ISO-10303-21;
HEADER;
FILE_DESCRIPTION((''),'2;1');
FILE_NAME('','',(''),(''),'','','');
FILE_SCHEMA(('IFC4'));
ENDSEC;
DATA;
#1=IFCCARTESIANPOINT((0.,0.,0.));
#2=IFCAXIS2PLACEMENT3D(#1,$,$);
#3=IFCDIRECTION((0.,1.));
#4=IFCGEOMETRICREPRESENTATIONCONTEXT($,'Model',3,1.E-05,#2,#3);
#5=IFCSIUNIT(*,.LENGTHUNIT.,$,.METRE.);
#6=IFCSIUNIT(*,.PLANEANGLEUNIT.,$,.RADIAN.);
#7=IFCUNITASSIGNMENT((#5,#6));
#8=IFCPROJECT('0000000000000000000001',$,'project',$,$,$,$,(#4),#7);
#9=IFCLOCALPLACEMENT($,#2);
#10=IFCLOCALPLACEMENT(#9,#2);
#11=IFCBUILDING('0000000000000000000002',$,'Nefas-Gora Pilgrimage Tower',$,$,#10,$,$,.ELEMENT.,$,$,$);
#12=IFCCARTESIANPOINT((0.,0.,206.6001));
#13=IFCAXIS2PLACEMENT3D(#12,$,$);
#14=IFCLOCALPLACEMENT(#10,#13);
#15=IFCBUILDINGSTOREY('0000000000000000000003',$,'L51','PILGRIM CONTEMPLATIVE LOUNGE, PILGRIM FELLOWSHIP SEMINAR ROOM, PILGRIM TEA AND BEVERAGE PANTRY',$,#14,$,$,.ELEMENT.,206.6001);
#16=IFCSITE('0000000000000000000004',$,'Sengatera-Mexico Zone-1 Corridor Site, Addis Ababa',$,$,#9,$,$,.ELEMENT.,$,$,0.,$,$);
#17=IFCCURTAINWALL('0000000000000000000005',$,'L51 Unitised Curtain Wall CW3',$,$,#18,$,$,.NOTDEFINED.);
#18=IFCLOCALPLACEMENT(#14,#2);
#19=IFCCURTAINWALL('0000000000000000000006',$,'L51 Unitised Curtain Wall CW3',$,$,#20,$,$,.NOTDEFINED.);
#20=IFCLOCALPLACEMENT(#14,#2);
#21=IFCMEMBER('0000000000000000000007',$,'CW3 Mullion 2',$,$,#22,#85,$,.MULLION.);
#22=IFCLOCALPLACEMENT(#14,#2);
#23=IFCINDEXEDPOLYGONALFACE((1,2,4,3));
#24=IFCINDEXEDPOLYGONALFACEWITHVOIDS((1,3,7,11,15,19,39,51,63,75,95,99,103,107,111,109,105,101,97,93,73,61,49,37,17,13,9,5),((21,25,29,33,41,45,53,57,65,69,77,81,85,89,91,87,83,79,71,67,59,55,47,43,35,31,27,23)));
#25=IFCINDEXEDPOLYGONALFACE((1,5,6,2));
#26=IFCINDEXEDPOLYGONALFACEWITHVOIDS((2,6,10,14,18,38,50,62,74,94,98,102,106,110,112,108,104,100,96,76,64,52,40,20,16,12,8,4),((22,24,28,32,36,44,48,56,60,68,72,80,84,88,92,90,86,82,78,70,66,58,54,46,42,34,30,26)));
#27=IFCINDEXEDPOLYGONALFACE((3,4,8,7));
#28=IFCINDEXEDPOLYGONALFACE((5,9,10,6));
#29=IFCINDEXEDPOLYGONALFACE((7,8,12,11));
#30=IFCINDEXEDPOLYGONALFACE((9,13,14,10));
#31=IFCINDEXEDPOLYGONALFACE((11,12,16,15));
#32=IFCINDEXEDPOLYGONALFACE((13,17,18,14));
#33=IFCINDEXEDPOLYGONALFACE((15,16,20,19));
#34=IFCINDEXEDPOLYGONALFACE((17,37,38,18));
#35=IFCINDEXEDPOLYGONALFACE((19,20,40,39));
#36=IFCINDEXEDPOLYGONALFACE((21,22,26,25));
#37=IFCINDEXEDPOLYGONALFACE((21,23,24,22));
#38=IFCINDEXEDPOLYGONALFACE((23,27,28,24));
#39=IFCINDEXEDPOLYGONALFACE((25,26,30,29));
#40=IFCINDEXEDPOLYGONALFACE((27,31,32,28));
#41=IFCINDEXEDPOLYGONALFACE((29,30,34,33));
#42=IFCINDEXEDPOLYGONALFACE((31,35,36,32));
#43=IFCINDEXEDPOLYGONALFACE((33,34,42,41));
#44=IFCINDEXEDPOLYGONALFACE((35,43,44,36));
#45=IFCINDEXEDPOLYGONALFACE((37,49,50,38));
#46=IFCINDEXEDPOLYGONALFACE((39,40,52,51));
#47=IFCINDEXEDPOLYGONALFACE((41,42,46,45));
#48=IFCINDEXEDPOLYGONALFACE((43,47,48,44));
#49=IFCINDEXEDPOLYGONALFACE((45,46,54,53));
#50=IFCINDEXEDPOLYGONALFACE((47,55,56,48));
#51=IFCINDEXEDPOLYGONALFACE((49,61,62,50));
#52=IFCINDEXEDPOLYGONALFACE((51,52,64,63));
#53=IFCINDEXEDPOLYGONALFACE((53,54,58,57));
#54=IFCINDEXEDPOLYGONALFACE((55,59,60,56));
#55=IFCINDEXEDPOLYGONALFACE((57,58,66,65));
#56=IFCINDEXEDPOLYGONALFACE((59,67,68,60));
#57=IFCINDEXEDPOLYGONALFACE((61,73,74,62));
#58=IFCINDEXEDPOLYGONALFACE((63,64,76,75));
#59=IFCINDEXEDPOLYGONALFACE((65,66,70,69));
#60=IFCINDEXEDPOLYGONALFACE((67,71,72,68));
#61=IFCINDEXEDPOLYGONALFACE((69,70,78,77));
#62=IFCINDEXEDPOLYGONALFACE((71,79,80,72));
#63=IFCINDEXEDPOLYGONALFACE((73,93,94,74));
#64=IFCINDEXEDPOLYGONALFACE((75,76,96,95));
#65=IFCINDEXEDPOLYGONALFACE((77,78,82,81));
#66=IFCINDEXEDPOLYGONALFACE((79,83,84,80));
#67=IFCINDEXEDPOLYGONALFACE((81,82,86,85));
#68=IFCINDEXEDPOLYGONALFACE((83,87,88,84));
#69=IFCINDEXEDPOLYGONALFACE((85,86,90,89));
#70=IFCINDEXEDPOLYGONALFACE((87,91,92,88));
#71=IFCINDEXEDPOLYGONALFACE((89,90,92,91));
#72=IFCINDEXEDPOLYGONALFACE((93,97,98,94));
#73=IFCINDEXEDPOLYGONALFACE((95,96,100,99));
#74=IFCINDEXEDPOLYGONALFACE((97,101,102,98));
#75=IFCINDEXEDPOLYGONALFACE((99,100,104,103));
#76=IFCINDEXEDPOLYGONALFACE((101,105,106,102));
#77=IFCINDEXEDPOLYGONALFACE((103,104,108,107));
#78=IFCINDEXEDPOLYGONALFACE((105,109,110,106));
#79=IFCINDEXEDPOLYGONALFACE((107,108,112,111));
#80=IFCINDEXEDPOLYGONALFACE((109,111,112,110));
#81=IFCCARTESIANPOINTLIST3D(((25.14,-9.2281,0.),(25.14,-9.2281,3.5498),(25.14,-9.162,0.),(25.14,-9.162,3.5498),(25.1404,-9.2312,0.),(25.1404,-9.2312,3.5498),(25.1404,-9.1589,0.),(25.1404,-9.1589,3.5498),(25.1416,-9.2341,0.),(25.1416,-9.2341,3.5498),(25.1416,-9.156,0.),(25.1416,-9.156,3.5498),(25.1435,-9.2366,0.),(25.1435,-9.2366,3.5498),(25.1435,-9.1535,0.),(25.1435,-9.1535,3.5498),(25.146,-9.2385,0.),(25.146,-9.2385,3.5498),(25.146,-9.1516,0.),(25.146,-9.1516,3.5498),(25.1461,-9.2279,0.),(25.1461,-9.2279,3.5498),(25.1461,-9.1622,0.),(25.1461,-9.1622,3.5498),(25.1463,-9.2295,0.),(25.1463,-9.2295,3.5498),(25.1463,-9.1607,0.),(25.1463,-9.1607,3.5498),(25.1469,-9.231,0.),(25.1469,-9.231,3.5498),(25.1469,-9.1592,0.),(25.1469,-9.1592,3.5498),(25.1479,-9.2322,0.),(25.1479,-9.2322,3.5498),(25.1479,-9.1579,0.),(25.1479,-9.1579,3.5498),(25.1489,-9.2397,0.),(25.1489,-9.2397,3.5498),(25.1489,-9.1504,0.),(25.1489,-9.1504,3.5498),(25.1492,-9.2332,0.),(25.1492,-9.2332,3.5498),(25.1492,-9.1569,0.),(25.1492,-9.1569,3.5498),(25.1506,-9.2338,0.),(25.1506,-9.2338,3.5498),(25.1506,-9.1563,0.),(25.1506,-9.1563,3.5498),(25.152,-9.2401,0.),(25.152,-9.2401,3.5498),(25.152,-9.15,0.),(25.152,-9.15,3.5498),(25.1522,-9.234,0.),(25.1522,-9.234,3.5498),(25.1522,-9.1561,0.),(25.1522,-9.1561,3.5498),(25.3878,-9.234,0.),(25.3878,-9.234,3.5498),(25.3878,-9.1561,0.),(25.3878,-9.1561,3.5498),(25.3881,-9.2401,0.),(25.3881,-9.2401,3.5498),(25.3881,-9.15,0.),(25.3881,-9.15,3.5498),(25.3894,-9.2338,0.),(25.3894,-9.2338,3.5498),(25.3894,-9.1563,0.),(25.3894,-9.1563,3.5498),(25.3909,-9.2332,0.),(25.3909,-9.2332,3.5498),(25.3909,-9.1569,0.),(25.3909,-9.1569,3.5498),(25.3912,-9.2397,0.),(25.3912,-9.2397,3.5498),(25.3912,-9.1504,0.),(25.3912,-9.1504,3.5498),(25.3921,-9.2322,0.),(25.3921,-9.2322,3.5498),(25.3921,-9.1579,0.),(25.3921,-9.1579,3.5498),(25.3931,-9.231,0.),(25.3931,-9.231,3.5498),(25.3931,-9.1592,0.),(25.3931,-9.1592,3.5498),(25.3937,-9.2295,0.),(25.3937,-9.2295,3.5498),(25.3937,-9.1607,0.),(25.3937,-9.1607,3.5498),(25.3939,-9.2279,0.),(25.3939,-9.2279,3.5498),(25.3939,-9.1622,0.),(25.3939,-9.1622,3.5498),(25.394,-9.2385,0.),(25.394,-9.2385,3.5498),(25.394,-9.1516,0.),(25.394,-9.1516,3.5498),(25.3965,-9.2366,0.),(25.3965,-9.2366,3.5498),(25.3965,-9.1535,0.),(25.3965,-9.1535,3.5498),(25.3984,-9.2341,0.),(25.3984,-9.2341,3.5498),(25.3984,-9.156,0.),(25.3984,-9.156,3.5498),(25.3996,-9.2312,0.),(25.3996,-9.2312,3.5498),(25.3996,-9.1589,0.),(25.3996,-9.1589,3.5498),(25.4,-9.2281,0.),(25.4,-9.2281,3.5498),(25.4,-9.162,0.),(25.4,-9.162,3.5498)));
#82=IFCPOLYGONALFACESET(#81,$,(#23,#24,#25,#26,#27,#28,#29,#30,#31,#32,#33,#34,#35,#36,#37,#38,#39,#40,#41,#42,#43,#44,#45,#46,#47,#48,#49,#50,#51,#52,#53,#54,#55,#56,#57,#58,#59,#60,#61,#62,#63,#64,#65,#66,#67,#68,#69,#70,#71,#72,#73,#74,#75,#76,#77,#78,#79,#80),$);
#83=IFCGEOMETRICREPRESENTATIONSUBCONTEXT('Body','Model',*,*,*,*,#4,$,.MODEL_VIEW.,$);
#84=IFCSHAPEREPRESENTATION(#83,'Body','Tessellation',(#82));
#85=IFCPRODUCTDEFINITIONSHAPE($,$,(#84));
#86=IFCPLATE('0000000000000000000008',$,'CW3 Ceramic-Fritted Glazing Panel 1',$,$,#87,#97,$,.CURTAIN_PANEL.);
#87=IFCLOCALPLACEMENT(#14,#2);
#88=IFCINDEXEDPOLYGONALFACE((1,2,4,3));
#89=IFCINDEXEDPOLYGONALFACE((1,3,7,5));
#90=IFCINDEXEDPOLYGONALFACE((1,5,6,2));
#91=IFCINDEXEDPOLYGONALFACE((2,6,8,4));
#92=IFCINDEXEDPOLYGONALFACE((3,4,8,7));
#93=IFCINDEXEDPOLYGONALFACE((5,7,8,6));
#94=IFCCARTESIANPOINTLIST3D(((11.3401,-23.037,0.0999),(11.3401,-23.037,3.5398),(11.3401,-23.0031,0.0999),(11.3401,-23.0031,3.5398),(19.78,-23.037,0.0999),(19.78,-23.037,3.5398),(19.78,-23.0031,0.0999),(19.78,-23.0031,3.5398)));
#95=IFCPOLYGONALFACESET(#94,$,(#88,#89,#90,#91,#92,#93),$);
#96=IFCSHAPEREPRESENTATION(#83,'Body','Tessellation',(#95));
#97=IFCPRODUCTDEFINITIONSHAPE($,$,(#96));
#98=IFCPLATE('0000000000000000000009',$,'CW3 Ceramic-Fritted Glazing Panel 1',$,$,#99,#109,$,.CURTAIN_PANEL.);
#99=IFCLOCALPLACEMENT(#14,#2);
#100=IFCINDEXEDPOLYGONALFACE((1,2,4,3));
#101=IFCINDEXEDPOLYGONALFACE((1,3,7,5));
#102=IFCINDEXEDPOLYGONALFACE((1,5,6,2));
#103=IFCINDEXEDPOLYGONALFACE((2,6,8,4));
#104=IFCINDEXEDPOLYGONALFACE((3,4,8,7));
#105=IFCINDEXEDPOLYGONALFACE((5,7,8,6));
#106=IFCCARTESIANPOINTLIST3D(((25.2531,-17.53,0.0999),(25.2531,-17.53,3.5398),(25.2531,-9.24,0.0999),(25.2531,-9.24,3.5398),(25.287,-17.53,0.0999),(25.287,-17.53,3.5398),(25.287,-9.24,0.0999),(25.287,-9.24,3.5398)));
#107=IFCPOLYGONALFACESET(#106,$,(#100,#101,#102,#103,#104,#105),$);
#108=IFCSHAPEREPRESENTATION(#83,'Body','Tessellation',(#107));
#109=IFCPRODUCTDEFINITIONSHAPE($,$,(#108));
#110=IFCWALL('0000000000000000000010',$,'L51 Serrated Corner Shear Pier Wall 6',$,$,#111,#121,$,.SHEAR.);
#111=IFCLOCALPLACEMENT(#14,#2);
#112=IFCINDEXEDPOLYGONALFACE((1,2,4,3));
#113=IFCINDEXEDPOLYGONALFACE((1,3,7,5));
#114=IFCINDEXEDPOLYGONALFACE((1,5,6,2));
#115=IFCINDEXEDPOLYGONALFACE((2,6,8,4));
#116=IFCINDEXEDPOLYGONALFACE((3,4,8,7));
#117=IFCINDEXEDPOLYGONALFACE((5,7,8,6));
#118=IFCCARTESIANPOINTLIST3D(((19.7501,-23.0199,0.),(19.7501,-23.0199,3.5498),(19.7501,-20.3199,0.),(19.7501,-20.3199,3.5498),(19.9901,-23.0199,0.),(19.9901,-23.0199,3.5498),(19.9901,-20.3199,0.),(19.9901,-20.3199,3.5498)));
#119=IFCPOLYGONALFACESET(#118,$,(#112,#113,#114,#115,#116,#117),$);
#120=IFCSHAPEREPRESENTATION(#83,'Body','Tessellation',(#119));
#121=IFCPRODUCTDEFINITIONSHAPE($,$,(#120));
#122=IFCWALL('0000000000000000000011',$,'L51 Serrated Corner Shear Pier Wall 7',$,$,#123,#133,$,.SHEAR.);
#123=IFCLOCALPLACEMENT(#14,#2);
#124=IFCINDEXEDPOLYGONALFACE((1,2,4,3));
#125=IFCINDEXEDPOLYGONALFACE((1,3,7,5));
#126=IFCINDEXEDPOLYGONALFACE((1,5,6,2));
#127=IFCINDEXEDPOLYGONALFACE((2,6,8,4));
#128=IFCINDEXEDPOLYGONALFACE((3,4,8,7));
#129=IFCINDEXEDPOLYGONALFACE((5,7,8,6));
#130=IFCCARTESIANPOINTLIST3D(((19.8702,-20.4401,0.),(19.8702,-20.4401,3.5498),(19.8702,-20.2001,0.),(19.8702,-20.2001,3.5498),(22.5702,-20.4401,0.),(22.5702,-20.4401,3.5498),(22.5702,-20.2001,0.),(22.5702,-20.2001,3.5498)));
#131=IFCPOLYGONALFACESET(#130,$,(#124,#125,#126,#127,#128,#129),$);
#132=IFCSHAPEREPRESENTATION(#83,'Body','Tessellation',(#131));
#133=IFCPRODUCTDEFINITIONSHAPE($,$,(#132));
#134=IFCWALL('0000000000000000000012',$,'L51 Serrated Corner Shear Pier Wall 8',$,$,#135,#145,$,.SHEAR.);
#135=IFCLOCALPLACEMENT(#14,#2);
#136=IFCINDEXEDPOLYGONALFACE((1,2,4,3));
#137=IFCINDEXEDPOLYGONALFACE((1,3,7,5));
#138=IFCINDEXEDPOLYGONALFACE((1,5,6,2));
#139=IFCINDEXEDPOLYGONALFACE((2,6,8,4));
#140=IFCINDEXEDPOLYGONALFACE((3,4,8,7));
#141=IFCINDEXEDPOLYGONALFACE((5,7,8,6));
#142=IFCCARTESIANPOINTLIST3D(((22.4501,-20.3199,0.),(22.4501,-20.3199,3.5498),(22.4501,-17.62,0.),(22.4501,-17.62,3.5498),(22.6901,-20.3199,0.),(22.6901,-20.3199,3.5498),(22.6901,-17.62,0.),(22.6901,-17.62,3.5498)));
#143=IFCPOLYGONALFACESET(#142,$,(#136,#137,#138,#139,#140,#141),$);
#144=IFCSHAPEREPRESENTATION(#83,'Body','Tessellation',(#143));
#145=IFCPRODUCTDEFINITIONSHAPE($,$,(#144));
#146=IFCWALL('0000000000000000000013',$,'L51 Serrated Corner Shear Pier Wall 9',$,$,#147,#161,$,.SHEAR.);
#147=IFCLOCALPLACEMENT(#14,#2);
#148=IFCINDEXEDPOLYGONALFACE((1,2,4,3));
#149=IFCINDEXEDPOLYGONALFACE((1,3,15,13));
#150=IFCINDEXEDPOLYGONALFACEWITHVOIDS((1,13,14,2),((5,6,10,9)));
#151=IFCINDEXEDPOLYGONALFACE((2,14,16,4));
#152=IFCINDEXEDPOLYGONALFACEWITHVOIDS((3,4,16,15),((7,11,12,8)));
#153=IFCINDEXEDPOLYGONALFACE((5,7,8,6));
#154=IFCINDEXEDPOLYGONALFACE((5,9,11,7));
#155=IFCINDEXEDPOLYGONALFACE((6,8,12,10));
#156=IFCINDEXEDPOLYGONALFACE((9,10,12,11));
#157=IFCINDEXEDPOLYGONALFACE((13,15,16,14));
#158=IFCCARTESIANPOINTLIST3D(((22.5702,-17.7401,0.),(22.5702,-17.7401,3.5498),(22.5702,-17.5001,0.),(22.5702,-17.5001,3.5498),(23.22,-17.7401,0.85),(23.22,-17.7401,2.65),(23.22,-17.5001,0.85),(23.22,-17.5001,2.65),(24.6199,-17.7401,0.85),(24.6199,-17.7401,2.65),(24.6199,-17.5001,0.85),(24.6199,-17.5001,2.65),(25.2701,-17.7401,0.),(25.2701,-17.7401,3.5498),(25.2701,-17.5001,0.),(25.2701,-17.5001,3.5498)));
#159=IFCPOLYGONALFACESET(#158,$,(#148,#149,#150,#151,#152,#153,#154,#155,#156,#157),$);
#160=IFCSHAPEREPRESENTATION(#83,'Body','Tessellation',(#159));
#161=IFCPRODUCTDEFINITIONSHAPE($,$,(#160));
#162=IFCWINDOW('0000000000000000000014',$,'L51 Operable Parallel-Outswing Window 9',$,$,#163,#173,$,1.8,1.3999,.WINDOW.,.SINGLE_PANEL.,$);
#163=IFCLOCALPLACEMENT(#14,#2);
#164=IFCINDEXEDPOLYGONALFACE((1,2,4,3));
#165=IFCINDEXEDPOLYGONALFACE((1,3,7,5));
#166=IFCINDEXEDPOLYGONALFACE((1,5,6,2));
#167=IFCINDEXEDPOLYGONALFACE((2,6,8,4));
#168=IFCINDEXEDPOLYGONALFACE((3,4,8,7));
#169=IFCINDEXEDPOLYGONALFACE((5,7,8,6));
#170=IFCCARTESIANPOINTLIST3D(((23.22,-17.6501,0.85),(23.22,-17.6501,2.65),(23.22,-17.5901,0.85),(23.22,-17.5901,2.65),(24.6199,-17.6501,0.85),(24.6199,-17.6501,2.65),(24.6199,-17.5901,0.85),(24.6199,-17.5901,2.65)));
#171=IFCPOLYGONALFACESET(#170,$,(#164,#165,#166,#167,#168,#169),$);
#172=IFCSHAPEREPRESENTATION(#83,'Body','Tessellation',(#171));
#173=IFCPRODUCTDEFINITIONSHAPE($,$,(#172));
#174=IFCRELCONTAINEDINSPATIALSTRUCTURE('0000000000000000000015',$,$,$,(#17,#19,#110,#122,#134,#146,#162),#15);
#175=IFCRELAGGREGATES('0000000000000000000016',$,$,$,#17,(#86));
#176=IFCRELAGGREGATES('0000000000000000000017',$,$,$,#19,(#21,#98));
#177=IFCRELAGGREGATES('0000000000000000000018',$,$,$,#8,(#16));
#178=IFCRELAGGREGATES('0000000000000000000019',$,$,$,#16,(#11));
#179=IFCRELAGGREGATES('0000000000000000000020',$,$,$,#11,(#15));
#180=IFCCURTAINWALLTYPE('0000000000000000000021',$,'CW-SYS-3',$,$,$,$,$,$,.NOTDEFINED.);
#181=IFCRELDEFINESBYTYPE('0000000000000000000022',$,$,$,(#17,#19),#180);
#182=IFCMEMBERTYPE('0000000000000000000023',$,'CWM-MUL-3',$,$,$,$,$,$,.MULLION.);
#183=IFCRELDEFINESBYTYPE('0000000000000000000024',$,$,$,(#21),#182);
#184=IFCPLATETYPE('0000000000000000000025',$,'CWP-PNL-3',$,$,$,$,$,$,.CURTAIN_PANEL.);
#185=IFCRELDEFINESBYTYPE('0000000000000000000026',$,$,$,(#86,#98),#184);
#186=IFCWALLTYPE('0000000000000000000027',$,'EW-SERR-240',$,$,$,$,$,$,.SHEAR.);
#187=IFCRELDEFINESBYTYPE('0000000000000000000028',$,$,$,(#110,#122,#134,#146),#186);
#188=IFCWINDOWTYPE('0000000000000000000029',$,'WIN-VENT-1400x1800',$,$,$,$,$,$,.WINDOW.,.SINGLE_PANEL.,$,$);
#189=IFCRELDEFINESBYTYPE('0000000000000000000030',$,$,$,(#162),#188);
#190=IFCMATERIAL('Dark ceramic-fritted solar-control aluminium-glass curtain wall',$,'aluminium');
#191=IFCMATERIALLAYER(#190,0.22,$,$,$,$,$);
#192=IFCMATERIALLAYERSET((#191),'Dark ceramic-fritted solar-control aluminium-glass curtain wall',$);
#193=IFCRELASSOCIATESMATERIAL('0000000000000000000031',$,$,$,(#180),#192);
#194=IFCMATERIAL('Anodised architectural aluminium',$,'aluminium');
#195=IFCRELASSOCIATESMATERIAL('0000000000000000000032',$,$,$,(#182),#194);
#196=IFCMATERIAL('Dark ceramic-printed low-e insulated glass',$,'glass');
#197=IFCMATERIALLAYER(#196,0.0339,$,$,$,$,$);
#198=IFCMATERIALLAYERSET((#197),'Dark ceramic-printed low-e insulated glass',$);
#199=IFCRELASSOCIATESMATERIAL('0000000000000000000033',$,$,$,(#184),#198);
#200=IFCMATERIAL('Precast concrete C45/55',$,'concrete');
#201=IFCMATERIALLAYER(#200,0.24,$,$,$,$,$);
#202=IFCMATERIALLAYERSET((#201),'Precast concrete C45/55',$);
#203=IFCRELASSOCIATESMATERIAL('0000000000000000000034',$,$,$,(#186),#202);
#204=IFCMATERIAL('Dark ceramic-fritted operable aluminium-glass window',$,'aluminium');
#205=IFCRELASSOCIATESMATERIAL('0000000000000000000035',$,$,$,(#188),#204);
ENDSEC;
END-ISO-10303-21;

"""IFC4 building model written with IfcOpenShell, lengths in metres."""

from ifc_helpers import new_model, si_unit, direction, frame, frame_2d, origin, origin_2d, place, context, subcontext, project, spatial, rectangle, hollow_rectangle, extrude, source, transform, mapped, material, layer, layer_set, material_profile, profile_set, type_object, element, fill, aggregate, save


model = new_model("IFC4")

# Units and contexts
model_context = context("Model", 3, precision=1e-05, world=origin(), true_north=direction((0.0, 1.0)))
body_context = subcontext(model_context, "Body", "Model", "MODEL_VIEW")
ifc_project = project(units=[si_unit("LENGTHUNIT", "METRE"), si_unit("PLANEANGLEUNIT", "RADIAN")], contexts=[model_context])

# Site, building, storey
site_placement = place(None, origin())
site = spatial("IfcSite", under=ifc_project, at=site_placement, Name="Sengatera-Mexico Zone-1 Corridor Site, Addis Ababa", CompositionType="ELEMENT", RefElevation=0.0)
building_placement = place(site_placement, origin())
building = spatial("IfcBuilding", under=site, at=building_placement, Name="Nefas-Gora Pilgrimage Tower", CompositionType="ELEMENT")
storey_placement = place(building_placement, frame((0.0, 0.0, 206.6001)))
storey = spatial("IfcBuildingStorey", under=building, at=storey_placement, Name="L51", Description="PILGRIM CONTEMPLATIVE LOUNGE, PILGRIM FELLOWSHIP SEMINAR ROOM, PILGRIM TEA AND BEVERAGE PANTRY", CompositionType="ELEMENT", Elevation=206.6001)

# Curtain walls
ifc_material_1 = material(Name="Dark ceramic-fritted solar-control aluminium-glass curtain wall", Category="aluminium")
ifc_layer_1 = layer(ifc_material_1, 0.22)
ifc_layer_set_1 = layer_set([ifc_layer_1], Name="Dark ceramic-fritted solar-control aluminium-glass curtain wall")
curtain_wall_type = type_object("IfcCurtainWallType", Name="CW-SYS-3", PredefinedType="NOTDEFINED", material=ifc_layer_set_1)
curtain_wall_1_placement = place(storey_placement, origin())
curtain_wall_1 = element("IfcCurtainWall", 1, at=curtain_wall_1_placement, inside=storey, type_object=curtain_wall_type, Name="L51 Unitised Curtain Wall CW3", PredefinedType="NOTDEFINED")
ifc_material_2 = material(Name="Anodised architectural aluminium", Category="aluminium")
curtain_wall_2_placement = place(storey_placement, origin())
curtain_wall_2 = element("IfcCurtainWall", 2, at=curtain_wall_2_placement, inside=storey, type_object=curtain_wall_type, Name="L51 Unitised Curtain Wall CW3", PredefinedType="NOTDEFINED")

# Member
ifc_material_profile_1 = material_profile(ifc_material_2, hollow_rectangle(XDim=0.0901, YDim=0.26, WallThickness=0.0061, InnerFilletRadius=0.0061, OuterFilletRadius=0.012, at=origin_2d()), Name="ALU MULLION 90x260")
ifc_profile_set_1 = profile_set([ifc_material_profile_1], Name="Anodised architectural aluminium")
member_type_1 = type_object("IfcMemberType", Name="CWM-MUL-3", PredefinedType="MULLION", material=ifc_profile_set_1)
shared_shape_1 = source(origin(), body_context, "Body", "SweptSolid", [
    extrude(hollow_rectangle(XDim=0.0901, YDim=0.26, WallThickness=0.0061, InnerFilletRadius=0.0061, OuterFilletRadius=0.012, at=origin_2d()), origin(), (0.0, 0.0, 1.0), 3.5498),
])
member_1_placement = place(storey_placement, frame((25.27, -9.1951, 0.0), z_axis=(0.0, 0.0, 1.0), x_axis=(0.0, 1.0, 0.0)))
member_1 = element("IfcMember", 3, at=member_1_placement, type_object=member_type_1, Name="CW3 Mullion 2", PredefinedType="MULLION", context=body_context, shape_type="MappedRepresentation", body=[
    mapped(shared_shape_1, transform((0.0, 0.0, 0.0), x_axis=(1.0, 0.0, 0.0), y_axis=(0.0, 1.0, 0.0), z_axis=(0.0, 0.0, 1.0), scale=1.0)),
])

# Plates
ifc_material_3 = material(Name="Dark ceramic-printed low-e insulated glass", Category="glass")
ifc_layer_2 = layer(ifc_material_3, 0.0339)
ifc_layer_set_2 = layer_set([ifc_layer_2], Name="Dark ceramic-printed low-e insulated glass")
plate_type = type_object("IfcPlateType", Name="CWP-PNL-3", PredefinedType="CURTAIN_PANEL", material=ifc_layer_set_2)
shared_shape_2 = source(origin(), body_context, "Body", "SweptSolid", [
    extrude(rectangle(XDim=8.4399, YDim=0.0339, at=origin_2d()), origin(), (0.0, 0.0, 1.0), 3.4399),
])
plate_1_placement = place(storey_placement, frame((15.5601, -23.02, 0.0999), z_axis=(0.0, 0.0, 1.0), x_axis=(1.0, 0.0, 0.0)))
plate_1 = element("IfcPlate", 4, at=plate_1_placement, type_object=plate_type, Name="CW3 Ceramic-Fritted Glazing Panel 1", PredefinedType="CURTAIN_PANEL", context=body_context, shape_type="MappedRepresentation", body=[
    mapped(shared_shape_2, transform((0.0, 0.0, 0.0), x_axis=(1.0, 0.0, 0.0), y_axis=(0.0, 1.0, 0.0), z_axis=(0.0, 0.0, 1.0), scale=1.0)),
])
aggregate(curtain_wall_1, [plate_1])
shared_shape_3 = source(origin(), body_context, "Body", "SweptSolid", [
    extrude(rectangle(XDim=8.29, YDim=0.0339, at=origin_2d()), origin(), (0.0, 0.0, 1.0), 3.4399),
])
plate_2_placement = place(storey_placement, frame((25.27, -13.385, 0.0999), z_axis=(0.0, 0.0, 1.0), x_axis=(0.0, 1.0, 0.0)))
plate_2 = element("IfcPlate", 5, at=plate_2_placement, type_object=plate_type, Name="CW3 Ceramic-Fritted Glazing Panel 1", PredefinedType="CURTAIN_PANEL", context=body_context, shape_type="MappedRepresentation", body=[
    mapped(shared_shape_3, transform((0.0, 0.0, 0.0), x_axis=(1.0, 0.0, 0.0), y_axis=(0.0, 1.0, 0.0), z_axis=(0.0, 0.0, 1.0), scale=1.0)),
])
aggregate(curtain_wall_2, [member_1, plate_2])

# Walls
ifc_material_4 = material(Name="Precast concrete C45/55", Category="concrete")
ifc_layer_3 = layer(ifc_material_4, 0.24)
ifc_layer_set_3 = layer_set([ifc_layer_3], Name="Precast concrete C45/55")
wall_type_1 = type_object("IfcWallType", Name="EW-SERR-240", PredefinedType="SHEAR", material=ifc_layer_set_3)
shared_shape_4 = source(origin(), body_context, "Body", "SweptSolid", [
    extrude(rectangle(XDim=2.7, YDim=0.24, at=frame_2d((1.3501, 0.0))), origin(), (0.0, 0.0, 1.0), 3.5498),
])
for number, where, z_axis, x_axis, name in (
    (6, (19.8701, -23.02, 0.0), (0.0, 0.0, 1.0), (0.0, 1.0, 0.0), "L51 Serrated Corner Shear Pier Wall 6"),
    (7, (19.8701, -20.3201, 0.0), (0.0, 0.0, 1.0), (1.0, 0.0, 0.0), "L51 Serrated Corner Shear Pier Wall 7"),
    (8, (22.5701, -20.3201, 0.0), (0.0, 0.0, 1.0), (0.0, 1.0, 0.0), "L51 Serrated Corner Shear Pier Wall 8"),
):
    element("IfcWall", number, at=place(storey_placement, frame(where, z_axis=z_axis, x_axis=x_axis)), inside=storey, type_object=wall_type_1, Name=name, PredefinedType="SHEAR", context=body_context, shape_type="MappedRepresentation", body=[
        mapped(shared_shape_4, transform((0.0, 0.0, 0.0), x_axis=(1.0, 0.0, 0.0), y_axis=(0.0, 1.0, 0.0), z_axis=(0.0, 0.0, 1.0), scale=1.0)),
    ])

# Wall, opening, window
wall_1_placement = place(storey_placement, frame((22.5701, -17.6201, 0.0), z_axis=(0.0, 0.0, 1.0), x_axis=(1.0, 0.0, 0.0)))
wall_1 = element("IfcWall", 9, at=wall_1_placement, inside=storey, type_object=wall_type_1, Name="L51 Serrated Corner Shear Pier Wall 9", PredefinedType="SHEAR", context=body_context, shape_type="MappedRepresentation", body=[
    mapped(shared_shape_4, transform((0.0, 0.0, 0.0), x_axis=(1.0, 0.0, 0.0), y_axis=(0.0, 1.0, 0.0), z_axis=(0.0, 0.0, 1.0), scale=1.0)),
])
opening_1_placement = place(wall_1_placement, frame((0.6499, 0.0, 0.8501)))
opening_1 = element("IfcOpeningElement", 10, at=opening_1_placement, cuts=wall_1, PredefinedType="OPENING", context=body_context, shape_type="SweptSolid", body=[
    extrude(rectangle(XDim=1.3999, YDim=1.8, at=frame_2d((0.7, 0.8999))), frame((0.0, 0.1299, 0.0), z_axis=(0.0, -1.0, 0.0), x_axis=(1.0, 0.0, 0.0)), (0.0, 0.0, 1.0), 0.26),
])
ifc_material_5 = material(Name="Dark ceramic-fritted operable aluminium-glass window", Category="aluminium")
window_type = type_object("IfcWindowType", Name="WIN-VENT-1400x1800", PartitioningType="SINGLE_PANEL", PredefinedType="WINDOW", material=ifc_material_5)
shared_shape_5 = source(origin(), body_context, "Body", "SweptSolid", [
    extrude(rectangle(XDim=1.3999, YDim=1.8, at=frame_2d((0.7, 0.8999))), frame((0.0, 0.03, 0.0), z_axis=(0.0, -1.0, 0.0), x_axis=(1.0, 0.0, 0.0)), (0.0, 0.0, 1.0), 0.0601),
])
window_placement = place(opening_1_placement, origin())
window = element("IfcWindow", 11, at=window_placement, inside=storey, type_object=window_type, Name="L51 Operable Parallel-Outswing Window 9", OverallHeight=1.8, OverallWidth=1.3999, PartitioningType="SINGLE_PANEL", PredefinedType="WINDOW", context=body_context, shape_type="MappedRepresentation", body=[
    mapped(shared_shape_5, transform((0.0, 0.0, 0.0), x_axis=(1.0, 0.0, 0.0), y_axis=(0.0, 1.0, 0.0), z_axis=(0.0, 0.0, 1.0), scale=1.0)),
])
fill(opening_1, window)

save(model, "model.ifc")
